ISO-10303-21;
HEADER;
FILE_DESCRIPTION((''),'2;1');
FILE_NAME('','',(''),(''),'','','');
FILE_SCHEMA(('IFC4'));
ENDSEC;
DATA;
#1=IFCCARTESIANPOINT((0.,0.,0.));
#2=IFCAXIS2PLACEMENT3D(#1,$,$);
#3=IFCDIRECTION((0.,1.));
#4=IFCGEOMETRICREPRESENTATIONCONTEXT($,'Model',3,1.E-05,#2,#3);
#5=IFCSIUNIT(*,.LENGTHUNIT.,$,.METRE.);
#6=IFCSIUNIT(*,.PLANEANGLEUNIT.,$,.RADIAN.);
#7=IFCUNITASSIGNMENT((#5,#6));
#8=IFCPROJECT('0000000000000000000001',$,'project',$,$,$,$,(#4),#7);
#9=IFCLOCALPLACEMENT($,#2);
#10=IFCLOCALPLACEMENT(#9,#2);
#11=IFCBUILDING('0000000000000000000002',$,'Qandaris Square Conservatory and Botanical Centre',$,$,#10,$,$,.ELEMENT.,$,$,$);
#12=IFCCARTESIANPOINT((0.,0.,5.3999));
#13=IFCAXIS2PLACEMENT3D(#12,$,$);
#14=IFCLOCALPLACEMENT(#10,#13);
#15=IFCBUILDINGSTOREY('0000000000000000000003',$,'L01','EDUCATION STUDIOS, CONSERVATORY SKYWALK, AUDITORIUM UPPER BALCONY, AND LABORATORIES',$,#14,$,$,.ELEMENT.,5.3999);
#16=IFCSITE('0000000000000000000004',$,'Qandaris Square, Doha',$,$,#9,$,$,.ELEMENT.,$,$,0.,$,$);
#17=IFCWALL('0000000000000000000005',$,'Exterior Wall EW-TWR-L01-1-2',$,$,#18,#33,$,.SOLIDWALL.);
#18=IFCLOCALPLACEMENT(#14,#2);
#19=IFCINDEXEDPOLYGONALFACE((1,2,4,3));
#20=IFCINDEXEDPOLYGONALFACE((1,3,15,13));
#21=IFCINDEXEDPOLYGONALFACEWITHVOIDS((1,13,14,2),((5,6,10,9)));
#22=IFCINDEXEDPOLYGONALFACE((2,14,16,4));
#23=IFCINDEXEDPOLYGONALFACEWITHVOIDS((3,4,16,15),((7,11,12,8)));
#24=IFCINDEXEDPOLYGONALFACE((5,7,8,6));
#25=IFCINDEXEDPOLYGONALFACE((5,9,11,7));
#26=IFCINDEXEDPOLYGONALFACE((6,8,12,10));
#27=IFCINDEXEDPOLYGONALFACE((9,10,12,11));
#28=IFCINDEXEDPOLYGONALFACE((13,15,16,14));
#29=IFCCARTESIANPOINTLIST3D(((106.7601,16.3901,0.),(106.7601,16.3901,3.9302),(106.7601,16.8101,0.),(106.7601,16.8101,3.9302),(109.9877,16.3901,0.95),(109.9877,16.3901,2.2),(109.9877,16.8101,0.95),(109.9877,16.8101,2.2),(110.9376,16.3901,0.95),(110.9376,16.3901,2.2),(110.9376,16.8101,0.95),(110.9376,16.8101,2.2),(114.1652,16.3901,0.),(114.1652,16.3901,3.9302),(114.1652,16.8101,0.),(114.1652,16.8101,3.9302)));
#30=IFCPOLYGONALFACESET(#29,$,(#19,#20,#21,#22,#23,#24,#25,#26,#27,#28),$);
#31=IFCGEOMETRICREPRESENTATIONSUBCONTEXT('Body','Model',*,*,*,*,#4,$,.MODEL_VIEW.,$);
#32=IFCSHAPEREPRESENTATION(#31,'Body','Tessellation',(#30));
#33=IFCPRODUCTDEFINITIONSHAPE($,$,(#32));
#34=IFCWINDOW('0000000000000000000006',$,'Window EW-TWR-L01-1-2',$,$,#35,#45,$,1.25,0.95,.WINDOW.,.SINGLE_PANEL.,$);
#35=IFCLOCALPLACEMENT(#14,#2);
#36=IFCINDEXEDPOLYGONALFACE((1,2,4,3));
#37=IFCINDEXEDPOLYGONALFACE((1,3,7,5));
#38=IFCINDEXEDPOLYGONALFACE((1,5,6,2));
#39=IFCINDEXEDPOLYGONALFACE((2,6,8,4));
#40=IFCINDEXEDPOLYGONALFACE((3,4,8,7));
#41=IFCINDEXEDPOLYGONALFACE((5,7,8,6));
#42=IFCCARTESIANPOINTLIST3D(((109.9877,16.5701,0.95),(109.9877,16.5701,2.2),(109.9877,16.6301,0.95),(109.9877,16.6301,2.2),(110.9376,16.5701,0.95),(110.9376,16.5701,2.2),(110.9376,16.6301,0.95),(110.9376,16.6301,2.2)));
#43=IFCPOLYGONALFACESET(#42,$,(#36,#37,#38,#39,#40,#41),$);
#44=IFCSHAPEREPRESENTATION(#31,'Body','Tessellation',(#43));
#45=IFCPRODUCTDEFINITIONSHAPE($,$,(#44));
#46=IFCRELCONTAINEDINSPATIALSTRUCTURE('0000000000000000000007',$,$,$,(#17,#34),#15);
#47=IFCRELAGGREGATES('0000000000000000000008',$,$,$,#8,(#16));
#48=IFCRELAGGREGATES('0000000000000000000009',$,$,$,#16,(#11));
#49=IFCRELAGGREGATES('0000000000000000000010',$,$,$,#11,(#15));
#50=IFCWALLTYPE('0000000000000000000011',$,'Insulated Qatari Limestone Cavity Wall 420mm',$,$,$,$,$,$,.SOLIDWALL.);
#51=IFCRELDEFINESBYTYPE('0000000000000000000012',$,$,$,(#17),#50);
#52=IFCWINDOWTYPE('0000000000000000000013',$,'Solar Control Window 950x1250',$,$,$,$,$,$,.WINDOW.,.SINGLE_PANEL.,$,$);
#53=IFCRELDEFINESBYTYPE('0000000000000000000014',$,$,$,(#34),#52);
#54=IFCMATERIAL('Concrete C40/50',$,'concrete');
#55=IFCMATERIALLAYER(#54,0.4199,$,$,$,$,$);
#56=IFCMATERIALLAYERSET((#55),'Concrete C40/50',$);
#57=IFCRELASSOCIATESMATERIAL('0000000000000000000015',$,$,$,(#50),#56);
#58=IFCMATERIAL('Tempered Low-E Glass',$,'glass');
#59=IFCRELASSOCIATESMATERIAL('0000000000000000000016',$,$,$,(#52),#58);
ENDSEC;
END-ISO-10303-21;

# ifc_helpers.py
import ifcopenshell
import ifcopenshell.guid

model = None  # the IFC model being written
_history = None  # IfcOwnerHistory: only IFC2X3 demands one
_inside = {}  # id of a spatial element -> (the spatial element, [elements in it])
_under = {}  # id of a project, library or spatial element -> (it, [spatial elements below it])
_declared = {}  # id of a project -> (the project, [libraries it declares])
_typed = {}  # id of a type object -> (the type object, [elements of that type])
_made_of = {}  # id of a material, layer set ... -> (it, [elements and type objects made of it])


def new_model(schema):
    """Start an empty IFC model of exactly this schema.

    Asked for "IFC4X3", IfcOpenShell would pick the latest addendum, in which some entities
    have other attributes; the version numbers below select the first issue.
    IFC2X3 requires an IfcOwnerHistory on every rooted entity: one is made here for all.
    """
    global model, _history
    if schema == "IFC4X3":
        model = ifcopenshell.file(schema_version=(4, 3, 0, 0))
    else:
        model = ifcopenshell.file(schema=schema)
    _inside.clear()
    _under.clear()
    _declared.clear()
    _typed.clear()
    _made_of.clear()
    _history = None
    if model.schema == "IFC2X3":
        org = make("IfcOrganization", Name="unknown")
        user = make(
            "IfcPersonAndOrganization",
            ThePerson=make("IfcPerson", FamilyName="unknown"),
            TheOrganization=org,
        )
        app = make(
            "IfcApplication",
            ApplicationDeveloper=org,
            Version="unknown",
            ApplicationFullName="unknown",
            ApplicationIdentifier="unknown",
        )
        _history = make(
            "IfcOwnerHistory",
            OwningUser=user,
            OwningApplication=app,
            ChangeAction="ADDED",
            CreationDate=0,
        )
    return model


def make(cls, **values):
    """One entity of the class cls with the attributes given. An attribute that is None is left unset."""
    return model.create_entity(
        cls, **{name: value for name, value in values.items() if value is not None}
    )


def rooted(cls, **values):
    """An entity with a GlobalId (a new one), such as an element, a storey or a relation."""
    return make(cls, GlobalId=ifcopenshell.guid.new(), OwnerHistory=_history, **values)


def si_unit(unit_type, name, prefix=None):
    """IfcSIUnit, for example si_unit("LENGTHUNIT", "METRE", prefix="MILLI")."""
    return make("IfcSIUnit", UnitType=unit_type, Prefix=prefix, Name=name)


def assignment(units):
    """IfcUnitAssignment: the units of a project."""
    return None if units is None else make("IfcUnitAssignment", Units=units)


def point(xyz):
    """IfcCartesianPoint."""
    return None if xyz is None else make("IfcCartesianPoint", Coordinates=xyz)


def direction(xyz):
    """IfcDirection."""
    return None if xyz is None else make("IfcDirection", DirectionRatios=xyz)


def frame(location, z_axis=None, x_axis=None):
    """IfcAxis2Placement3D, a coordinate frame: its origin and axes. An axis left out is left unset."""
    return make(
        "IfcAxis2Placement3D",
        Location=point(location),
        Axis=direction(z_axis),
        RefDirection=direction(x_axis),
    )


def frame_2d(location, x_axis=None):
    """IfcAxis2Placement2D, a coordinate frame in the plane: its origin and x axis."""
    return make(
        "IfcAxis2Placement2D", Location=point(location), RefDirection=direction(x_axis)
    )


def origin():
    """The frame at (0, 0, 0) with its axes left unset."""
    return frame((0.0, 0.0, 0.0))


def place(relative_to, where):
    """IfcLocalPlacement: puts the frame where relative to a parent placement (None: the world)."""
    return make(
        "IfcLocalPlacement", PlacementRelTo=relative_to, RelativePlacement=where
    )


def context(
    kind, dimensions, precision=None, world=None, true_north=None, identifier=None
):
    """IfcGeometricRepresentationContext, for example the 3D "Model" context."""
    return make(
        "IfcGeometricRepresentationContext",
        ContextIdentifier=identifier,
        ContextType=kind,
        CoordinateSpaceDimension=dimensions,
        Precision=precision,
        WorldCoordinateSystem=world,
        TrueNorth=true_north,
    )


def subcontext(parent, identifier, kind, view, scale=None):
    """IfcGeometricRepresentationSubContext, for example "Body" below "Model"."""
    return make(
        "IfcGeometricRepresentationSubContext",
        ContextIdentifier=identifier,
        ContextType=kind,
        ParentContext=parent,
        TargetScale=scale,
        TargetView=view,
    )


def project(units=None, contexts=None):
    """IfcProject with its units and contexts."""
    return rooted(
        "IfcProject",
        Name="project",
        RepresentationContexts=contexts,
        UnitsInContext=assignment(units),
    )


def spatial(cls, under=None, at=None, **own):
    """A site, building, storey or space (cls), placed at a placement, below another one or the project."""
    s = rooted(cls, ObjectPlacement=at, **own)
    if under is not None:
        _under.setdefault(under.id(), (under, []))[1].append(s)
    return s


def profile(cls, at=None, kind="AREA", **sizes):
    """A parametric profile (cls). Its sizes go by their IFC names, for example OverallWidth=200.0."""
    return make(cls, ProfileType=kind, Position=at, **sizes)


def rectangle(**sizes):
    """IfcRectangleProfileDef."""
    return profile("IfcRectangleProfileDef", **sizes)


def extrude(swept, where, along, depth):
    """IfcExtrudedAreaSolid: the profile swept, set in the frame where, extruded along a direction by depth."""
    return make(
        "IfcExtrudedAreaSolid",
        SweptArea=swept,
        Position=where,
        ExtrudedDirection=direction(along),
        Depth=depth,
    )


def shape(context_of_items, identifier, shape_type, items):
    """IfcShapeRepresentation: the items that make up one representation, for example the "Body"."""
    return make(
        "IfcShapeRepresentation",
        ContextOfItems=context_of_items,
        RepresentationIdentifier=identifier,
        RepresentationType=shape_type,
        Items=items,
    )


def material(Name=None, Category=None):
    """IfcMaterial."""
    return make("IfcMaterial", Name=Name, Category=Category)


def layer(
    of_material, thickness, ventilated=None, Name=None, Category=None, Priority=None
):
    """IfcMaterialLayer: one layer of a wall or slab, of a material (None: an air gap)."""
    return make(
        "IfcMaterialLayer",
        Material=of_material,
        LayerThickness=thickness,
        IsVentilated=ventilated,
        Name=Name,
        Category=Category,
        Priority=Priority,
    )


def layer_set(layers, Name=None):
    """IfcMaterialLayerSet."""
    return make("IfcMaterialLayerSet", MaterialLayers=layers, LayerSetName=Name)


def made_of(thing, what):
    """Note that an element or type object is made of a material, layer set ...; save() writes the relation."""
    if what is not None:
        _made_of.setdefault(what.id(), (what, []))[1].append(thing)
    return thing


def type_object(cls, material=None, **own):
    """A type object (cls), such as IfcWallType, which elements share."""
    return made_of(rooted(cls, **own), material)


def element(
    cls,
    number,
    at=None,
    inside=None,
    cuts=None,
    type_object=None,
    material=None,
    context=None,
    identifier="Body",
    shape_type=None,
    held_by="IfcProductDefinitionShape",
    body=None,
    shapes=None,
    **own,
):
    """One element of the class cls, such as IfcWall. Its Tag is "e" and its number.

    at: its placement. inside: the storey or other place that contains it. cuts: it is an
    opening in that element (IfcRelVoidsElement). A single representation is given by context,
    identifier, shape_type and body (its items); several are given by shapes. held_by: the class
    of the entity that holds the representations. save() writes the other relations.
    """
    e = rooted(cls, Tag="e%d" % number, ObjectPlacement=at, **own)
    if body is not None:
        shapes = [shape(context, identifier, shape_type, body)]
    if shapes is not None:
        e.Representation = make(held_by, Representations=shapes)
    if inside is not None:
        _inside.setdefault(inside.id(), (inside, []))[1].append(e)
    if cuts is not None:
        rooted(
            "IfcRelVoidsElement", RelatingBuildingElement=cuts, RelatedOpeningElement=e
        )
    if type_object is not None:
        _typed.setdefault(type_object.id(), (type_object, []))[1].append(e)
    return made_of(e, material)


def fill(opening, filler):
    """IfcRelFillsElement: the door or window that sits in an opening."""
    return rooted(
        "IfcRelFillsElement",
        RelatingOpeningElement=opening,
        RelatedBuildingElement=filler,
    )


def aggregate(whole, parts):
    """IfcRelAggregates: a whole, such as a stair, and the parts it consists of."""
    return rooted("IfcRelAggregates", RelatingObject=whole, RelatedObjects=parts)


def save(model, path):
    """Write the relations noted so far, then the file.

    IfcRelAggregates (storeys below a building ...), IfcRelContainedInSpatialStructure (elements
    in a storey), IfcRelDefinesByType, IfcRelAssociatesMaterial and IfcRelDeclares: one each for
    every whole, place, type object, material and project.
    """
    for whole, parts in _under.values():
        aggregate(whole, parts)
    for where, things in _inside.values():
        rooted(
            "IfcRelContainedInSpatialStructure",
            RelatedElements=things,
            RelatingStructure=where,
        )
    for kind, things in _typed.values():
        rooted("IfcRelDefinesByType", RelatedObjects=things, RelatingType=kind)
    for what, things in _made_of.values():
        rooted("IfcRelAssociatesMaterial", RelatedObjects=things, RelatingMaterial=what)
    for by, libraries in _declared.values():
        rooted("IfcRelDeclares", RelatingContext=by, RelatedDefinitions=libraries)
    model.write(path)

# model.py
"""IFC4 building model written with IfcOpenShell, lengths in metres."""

from ifc_helpers import new_model, si_unit, direction, frame, frame_2d, origin, place, context, subcontext, project, spatial, rectangle, extrude, material, layer, layer_set, type_object, element, fill, save


model = new_model("IFC4")

# Units and contexts
model_context = context("Model", 3, precision=1e-05, world=origin(), true_north=direction((0.0, 1.0)))
body_context = subcontext(model_context, "Body", "Model", "MODEL_VIEW")
ifc_project = project(units=[si_unit("LENGTHUNIT", "METRE"), si_unit("PLANEANGLEUNIT", "RADIAN")], contexts=[model_context])

# Site, building, storey
site_placement = place(None, origin())
site = spatial("IfcSite", under=ifc_project, at=site_placement, Name="Qandaris Square, Doha", CompositionType="ELEMENT", RefElevation=0.0)
building_placement = place(site_placement, origin())
building = spatial("IfcBuilding", under=site, at=building_placement, Name="Qandaris Square Conservatory and Botanical Centre", CompositionType="ELEMENT")
storey_placement = place(building_placement, frame((0.0, 0.0, 5.3999)))
storey = spatial("IfcBuildingStorey", under=building, at=storey_placement, Name="L01", Description="EDUCATION STUDIOS, CONSERVATORY SKYWALK, AUDITORIUM UPPER BALCONY, AND LABORATORIES", CompositionType="ELEMENT", Elevation=5.3999)

# Shared definitions
ifc_material_1 = material(Name="Concrete C40/50", Category="concrete")

# Shared definitions
ifc_material_2 = material(Name="Tempered Low-E Glass", Category="glass")

# Shared definitions
ifc_layer_1 = layer(ifc_material_1, 0.4199)
ifc_layer_set_1 = layer_set([ifc_layer_1], Name="Concrete C40/50")
wall_type_1 = type_object("IfcWallType", Name="Insulated Qatari Limestone Cavity Wall 420mm", PredefinedType="SOLIDWALL", material=ifc_layer_set_1)

# Wall, opening, window
wall_1_placement = place(storey_placement, frame((106.76, 16.6001, 0.0), z_axis=(0.0, 0.0, 1.0), x_axis=(1.0, 0.0, 0.0)))
wall_1 = element("IfcWall", 1, at=wall_1_placement, inside=storey, type_object=wall_type_1, Name="Exterior Wall EW-TWR-L01-1-2", PredefinedType="SOLIDWALL", context=body_context, shape_type="SweptSolid", body=[
    extrude(rectangle(XDim=7.405, YDim=0.4199, at=frame_2d((3.7026, 0.0))), origin(), (0.0, 0.0, 1.0), 3.9302),
])
opening_1_placement = place(wall_1_placement, frame((3.2275, 0.0, 0.95)))
opening_1 = element("IfcOpeningElement", 2, at=opening_1_placement, cuts=wall_1, PredefinedType="OPENING", context=body_context, shape_type="SweptSolid", body=[
    extrude(rectangle(XDim=0.95, YDim=1.25, at=frame_2d((0.4751, 0.625))), frame((0.0, 0.2219, 0.0), z_axis=(0.0, -1.0, 0.0), x_axis=(1.0, 0.0, 0.0)), (0.0, 0.0, 1.0), 0.4438),
])
window_type_1 = type_object("IfcWindowType", Name="Solar Control Window 950x1250", PartitioningType="SINGLE_PANEL", PredefinedType="WINDOW", material=ifc_material_2)
window_1_placement = place(opening_1_placement, origin())
window_1 = element("IfcWindow", 3, at=window_1_placement, inside=storey, type_object=window_type_1, Name="Window EW-TWR-L01-1-2", OverallHeight=1.25, OverallWidth=0.95, PartitioningType="SINGLE_PANEL", PredefinedType="WINDOW", context=body_context, shape_type="SweptSolid", body=[
    extrude(rectangle(XDim=0.95, YDim=1.25, at=frame_2d((0.4751, 0.625))), frame((0.0, 0.03, 0.0), z_axis=(0.0, -1.0, 0.0), x_axis=(1.0, 0.0, 0.0)), (0.0, 0.0, 1.0), 0.0601),
])
fill(opening_1, window_1)

save(model, "model.ifc")
